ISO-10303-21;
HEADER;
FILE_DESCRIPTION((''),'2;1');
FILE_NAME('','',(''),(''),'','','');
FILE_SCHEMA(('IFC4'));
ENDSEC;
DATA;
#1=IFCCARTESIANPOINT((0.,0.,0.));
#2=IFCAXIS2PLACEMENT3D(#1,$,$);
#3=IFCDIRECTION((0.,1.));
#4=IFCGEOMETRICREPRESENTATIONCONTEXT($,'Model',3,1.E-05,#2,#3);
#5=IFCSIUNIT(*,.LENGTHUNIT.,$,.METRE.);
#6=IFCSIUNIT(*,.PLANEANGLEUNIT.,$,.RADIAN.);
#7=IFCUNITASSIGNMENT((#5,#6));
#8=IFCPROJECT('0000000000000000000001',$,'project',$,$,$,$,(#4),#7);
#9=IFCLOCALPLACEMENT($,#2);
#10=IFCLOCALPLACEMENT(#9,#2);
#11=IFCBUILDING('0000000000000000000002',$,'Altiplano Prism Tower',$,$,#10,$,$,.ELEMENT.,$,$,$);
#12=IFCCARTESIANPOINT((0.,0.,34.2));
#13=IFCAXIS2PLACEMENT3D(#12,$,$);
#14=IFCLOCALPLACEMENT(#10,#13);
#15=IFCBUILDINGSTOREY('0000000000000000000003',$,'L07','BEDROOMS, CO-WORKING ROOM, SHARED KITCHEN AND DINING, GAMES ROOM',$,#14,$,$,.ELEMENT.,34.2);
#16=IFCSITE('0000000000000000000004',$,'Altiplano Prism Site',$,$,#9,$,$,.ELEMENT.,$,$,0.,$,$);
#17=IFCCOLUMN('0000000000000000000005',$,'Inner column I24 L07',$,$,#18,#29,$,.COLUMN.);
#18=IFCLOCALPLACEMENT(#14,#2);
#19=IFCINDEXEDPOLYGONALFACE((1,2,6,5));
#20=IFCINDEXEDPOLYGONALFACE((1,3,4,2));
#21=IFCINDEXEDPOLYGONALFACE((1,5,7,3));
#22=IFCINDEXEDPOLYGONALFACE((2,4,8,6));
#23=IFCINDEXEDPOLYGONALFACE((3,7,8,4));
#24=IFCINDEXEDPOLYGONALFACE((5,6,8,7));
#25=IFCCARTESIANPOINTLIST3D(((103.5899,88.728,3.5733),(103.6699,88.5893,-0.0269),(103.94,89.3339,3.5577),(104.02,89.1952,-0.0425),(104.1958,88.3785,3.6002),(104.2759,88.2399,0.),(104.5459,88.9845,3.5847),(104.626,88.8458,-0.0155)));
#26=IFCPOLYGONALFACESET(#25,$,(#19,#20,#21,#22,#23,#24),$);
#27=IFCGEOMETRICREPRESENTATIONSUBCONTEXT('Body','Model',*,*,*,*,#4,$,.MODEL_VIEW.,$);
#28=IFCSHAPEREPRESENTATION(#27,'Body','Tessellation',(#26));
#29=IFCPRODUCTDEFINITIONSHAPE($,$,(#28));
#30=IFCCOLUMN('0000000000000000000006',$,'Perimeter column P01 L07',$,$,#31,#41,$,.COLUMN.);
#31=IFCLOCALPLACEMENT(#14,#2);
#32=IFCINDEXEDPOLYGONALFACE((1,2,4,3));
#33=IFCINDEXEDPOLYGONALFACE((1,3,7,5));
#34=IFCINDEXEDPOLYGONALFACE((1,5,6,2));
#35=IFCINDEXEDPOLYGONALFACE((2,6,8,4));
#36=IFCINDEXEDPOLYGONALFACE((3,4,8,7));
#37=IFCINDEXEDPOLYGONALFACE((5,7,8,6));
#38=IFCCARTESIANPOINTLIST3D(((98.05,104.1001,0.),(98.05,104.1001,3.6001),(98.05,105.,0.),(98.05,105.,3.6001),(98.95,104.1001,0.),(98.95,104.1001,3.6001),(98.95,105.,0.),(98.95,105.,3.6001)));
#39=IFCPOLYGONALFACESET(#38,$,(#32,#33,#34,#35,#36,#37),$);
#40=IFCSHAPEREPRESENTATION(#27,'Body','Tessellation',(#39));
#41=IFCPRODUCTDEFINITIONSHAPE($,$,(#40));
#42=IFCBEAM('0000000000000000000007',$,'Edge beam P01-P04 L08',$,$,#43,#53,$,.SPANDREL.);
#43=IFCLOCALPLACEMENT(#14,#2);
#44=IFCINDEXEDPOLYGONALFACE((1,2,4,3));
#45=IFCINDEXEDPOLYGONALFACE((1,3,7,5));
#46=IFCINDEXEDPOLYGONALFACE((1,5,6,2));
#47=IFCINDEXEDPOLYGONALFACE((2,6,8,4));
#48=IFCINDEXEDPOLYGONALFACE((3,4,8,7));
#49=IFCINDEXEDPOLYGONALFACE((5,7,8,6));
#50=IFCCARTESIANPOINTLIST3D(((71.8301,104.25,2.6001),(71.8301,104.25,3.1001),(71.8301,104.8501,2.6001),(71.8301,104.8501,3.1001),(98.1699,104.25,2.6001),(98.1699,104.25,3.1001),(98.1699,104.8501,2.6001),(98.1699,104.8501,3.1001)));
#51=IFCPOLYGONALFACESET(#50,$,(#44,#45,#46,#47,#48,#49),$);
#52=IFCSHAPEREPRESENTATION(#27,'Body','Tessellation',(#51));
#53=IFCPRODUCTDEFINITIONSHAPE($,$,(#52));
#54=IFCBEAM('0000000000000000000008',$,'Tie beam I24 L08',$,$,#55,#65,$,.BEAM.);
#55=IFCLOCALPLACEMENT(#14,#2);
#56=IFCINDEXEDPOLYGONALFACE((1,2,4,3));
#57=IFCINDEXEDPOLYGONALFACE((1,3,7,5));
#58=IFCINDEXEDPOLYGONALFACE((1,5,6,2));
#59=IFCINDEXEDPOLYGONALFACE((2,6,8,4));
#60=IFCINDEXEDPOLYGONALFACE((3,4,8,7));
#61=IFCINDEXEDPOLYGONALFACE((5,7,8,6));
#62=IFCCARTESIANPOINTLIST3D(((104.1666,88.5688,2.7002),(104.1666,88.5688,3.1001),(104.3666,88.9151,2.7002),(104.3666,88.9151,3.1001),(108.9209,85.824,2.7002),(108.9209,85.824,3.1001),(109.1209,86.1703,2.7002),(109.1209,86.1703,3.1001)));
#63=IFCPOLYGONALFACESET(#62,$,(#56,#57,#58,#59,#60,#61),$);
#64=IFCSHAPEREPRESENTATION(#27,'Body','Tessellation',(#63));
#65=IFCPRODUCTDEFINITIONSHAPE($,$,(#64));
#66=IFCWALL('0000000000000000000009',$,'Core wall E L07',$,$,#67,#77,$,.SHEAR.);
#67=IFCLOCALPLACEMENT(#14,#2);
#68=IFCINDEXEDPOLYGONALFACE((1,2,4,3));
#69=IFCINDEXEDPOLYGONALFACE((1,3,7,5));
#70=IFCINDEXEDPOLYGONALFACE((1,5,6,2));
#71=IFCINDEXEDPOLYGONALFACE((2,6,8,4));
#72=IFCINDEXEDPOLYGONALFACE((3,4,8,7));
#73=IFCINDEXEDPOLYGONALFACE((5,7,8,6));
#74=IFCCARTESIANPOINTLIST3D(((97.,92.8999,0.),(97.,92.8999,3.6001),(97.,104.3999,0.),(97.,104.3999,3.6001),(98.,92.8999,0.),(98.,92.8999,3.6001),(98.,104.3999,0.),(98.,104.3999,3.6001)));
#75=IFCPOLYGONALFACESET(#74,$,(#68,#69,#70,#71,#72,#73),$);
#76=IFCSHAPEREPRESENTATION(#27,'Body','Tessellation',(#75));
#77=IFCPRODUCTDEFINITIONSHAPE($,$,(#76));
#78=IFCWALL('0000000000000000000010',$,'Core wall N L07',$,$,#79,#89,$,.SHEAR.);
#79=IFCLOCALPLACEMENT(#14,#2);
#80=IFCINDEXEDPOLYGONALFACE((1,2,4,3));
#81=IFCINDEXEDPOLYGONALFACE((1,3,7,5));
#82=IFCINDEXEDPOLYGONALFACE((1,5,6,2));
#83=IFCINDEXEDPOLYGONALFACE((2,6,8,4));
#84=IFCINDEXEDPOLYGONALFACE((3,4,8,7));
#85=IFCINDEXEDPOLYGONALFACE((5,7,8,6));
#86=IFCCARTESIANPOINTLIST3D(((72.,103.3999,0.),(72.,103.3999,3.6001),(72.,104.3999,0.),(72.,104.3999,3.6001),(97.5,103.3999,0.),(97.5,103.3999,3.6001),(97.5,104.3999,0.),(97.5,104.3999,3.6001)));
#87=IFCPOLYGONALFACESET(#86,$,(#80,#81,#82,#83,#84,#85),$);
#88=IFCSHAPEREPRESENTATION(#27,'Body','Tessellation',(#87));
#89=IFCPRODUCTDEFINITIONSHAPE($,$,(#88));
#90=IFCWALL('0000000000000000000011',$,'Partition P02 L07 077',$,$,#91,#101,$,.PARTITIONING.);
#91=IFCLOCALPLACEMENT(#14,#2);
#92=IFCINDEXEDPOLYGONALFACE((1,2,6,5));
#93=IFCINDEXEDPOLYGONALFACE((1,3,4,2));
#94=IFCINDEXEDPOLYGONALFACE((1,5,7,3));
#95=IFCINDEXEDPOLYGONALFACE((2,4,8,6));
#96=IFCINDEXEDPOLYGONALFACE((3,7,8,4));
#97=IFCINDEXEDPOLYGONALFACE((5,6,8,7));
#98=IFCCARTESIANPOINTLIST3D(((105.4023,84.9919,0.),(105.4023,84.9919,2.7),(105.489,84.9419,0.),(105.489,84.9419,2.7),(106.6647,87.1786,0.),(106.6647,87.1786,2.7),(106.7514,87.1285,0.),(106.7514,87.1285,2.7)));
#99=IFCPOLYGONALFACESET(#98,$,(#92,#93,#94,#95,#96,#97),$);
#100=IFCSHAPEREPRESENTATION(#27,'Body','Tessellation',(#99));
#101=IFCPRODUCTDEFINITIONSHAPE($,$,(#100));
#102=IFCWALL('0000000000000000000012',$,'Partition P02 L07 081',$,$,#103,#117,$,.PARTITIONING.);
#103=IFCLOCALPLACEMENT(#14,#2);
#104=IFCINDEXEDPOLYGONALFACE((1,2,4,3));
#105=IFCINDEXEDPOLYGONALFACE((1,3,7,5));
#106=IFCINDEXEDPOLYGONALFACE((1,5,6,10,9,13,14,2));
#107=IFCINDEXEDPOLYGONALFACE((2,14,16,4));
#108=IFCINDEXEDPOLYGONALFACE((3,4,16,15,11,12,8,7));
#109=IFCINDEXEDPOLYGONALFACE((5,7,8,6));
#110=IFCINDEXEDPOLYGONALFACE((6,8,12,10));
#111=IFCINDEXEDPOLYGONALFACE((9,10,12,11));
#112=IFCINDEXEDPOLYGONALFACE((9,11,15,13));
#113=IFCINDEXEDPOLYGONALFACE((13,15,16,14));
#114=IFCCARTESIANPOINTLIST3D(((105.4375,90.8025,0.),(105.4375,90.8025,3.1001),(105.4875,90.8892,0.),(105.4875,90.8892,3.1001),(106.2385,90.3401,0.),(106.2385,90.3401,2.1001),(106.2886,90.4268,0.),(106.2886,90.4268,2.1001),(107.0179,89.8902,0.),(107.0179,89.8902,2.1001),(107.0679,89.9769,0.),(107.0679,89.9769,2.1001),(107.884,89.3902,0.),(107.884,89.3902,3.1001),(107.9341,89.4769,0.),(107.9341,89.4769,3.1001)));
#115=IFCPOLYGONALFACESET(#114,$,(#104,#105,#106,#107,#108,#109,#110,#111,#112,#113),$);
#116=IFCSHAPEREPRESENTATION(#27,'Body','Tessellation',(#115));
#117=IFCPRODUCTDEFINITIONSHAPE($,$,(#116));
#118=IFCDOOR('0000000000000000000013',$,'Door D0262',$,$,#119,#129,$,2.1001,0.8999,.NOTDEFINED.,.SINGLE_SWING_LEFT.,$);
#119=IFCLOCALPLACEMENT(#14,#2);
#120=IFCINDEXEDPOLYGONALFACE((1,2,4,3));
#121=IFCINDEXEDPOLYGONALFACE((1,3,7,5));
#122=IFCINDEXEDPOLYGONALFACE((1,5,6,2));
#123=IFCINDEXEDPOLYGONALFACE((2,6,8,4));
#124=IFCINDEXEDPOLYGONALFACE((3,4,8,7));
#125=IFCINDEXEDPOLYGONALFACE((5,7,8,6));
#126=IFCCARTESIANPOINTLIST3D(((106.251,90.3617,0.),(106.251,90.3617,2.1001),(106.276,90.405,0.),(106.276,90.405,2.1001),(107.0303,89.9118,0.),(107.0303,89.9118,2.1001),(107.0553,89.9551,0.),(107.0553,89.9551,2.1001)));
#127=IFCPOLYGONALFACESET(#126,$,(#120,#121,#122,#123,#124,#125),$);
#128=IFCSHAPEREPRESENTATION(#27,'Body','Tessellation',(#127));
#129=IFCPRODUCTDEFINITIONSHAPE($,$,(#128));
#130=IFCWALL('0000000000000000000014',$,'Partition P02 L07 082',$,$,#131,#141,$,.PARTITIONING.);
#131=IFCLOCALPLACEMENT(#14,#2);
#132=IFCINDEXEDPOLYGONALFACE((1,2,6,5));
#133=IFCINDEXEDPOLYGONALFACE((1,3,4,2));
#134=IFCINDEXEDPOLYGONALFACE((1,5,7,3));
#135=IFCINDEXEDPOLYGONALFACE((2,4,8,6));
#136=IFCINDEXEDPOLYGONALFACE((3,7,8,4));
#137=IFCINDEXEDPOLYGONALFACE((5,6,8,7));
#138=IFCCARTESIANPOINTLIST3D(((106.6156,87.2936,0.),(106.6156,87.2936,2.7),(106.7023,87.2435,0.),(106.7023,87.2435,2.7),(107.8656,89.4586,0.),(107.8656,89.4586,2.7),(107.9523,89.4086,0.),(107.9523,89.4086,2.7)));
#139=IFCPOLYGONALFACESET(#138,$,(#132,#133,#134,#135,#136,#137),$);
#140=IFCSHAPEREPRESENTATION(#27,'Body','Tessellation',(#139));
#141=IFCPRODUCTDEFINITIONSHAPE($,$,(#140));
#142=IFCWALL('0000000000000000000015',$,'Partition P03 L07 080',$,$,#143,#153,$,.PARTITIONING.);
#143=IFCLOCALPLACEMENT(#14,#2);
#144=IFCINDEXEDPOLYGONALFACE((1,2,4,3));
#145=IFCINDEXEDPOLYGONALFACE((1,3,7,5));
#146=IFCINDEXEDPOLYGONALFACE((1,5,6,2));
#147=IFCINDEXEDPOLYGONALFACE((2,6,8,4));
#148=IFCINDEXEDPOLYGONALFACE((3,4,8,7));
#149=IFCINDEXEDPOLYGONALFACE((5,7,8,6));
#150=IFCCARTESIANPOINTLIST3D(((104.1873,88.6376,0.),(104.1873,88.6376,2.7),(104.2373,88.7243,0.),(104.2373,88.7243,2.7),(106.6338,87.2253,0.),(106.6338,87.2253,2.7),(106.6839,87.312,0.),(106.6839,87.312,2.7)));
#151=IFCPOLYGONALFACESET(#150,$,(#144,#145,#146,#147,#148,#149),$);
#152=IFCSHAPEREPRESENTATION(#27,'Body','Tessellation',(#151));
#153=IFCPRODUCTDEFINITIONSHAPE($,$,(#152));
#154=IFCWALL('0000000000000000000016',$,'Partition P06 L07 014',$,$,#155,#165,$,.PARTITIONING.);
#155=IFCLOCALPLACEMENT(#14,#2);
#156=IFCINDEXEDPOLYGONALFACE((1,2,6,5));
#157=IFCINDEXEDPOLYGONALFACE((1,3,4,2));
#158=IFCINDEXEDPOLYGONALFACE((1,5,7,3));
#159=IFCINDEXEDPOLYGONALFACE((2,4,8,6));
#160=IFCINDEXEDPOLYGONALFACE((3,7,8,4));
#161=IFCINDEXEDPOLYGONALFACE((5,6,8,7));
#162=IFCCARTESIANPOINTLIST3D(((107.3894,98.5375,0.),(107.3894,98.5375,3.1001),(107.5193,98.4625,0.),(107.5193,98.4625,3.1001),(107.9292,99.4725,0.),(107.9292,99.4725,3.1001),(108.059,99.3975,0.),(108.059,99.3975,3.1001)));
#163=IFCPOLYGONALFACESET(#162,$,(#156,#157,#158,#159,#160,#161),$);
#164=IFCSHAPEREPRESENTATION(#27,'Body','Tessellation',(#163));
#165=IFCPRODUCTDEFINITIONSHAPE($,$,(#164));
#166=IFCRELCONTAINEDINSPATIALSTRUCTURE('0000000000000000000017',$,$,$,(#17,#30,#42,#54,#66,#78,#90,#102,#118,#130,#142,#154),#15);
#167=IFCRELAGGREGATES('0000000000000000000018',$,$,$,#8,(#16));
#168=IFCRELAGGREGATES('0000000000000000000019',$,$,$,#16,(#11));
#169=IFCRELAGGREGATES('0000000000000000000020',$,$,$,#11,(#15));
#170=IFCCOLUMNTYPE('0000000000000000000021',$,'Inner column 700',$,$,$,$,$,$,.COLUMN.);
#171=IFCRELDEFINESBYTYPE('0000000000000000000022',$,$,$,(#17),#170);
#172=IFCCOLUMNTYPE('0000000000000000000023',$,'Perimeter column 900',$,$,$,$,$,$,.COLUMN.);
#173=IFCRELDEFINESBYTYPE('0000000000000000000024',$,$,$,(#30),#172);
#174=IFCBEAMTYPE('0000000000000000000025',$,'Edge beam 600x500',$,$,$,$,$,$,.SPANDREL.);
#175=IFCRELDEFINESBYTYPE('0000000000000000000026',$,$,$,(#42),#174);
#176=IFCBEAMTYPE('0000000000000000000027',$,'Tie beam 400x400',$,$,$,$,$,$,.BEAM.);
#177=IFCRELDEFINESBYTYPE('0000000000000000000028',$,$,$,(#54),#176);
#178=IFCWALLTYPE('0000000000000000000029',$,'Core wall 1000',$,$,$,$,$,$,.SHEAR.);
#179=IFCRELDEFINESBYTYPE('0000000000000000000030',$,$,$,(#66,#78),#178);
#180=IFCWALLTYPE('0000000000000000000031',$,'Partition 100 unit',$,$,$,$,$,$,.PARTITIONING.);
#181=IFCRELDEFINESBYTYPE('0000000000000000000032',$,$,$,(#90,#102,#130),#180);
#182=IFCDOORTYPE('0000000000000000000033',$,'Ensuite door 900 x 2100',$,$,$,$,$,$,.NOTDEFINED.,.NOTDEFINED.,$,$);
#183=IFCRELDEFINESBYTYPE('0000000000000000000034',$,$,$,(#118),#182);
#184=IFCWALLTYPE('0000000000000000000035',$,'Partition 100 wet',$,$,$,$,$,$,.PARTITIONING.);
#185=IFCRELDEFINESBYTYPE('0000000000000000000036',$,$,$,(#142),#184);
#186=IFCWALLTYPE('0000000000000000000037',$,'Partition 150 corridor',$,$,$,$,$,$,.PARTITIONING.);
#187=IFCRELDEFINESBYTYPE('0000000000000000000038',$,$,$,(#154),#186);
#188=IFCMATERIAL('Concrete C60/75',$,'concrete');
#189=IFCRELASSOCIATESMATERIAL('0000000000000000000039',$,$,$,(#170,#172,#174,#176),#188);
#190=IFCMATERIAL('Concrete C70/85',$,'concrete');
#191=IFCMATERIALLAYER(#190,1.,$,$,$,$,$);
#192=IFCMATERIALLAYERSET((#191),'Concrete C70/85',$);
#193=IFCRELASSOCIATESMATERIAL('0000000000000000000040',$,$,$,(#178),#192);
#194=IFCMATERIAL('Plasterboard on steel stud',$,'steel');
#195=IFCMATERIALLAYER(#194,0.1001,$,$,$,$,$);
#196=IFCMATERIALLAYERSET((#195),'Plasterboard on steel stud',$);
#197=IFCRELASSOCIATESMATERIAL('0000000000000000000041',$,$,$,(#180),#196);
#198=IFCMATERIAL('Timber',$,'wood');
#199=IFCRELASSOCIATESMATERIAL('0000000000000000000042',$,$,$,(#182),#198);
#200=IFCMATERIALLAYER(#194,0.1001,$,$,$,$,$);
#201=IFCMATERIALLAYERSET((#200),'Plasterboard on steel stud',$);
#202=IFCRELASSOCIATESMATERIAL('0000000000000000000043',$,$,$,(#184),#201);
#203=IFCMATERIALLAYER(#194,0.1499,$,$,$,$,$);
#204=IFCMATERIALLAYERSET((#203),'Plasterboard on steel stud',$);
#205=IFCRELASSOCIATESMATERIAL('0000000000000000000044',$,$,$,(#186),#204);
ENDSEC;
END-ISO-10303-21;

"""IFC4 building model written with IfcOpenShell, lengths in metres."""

from ifc_helpers import new_model, si_unit, direction, frame, frame_2d, origin, origin_2d, place, context, subcontext, project, spatial, rectangle, extrude, material, layer, layer_set, material_profile, profile_set, type_object, element, fill, save


model = new_model("IFC4")

# Units and contexts
model_context = context("Model", 3, precision=1e-05, world=origin(), true_north=direction((0.0, 1.0)))
body_context = subcontext(model_context, "Body", "Model", "MODEL_VIEW")
ifc_project = project(units=[si_unit("LENGTHUNIT", "METRE"), si_unit("PLANEANGLEUNIT", "RADIAN")], contexts=[model_context])

# Site, building, storey
site_placement = place(None, origin())
site = spatial("IfcSite", under=ifc_project, at=site_placement, Name="Altiplano Prism Site", CompositionType="ELEMENT", RefElevation=0.0)
building_placement = place(site_placement, origin())
building = spatial("IfcBuilding", under=site, at=building_placement, Name="Altiplano Prism Tower", CompositionType="ELEMENT")
storey_placement = place(building_placement, frame((0.0, 0.0, 34.2)))
storey = spatial("IfcBuildingStorey", under=building, at=storey_placement, Name="L07", Description="BEDROOMS, CO-WORKING ROOM, SHARED KITCHEN AND DINING, GAMES ROOM", CompositionType="ELEMENT", Elevation=34.2)

# Columns
ifc_material_1 = material(Name="Concrete C60/75", Category="concrete")
ifc_material_profile_1 = material_profile(ifc_material_1, rectangle(XDim=0.7, YDim=0.7, at=origin_2d()), Name="Inner column 700")
ifc_profile_set_1 = profile_set([ifc_material_profile_1], Name="Concrete C60/75")
column_type_1 = type_object("IfcColumnType", Name="Inner column 700", PredefinedType="COLUMN", material=ifc_profile_set_1)
column_1_placement = place(storey_placement, frame((104.1479, 88.7175, -0.0212), z_axis=(-0.022221, 0.038481, 0.999012), x_axis=(-0.500175, -0.865639, 0.022218)))
element("IfcColumn", 1, at=column_1_placement, inside=storey, type_object=column_type_1, Name="Inner column I24 L07", PredefinedType="COLUMN", context=body_context, shape_type="SweptSolid", body=[
    extrude(rectangle(XDim=0.7, YDim=0.7, at=origin_2d()), origin(), (0.0, 0.0, 1.0), 3.6038),
])
ifc_material_profile_2 = material_profile(ifc_material_1, rectangle(XDim=0.8999, YDim=0.8999, at=origin_2d()), Name="Perimeter column 900")
ifc_profile_set_2 = profile_set([ifc_material_profile_2], Name="Concrete C60/75")
column_type_2 = type_object("IfcColumnType", Name="Perimeter column 900", PredefinedType="COLUMN", material=ifc_profile_set_2)
column_2_placement = place(storey_placement, frame((98.5, 104.55, 0.0), z_axis=(0.0, 0.0, 1.0), x_axis=(1.0, 0.0, 0.0)))
element("IfcColumn", 2, at=column_2_placement, inside=storey, type_object=column_type_2, Name="Perimeter column P01 L07", PredefinedType="COLUMN", context=body_context, shape_type="SweptSolid", body=[
    extrude(rectangle(XDim=0.8999, YDim=0.8999, at=origin_2d()), origin(), (0.0, 0.0, 1.0), 3.6001),
])

# Beams
ifc_material_profile_3 = material_profile(ifc_material_1, rectangle(XDim=0.6001, YDim=0.5, at=origin_2d()), Name="Edge beam 600x500")
ifc_profile_set_3 = profile_set([ifc_material_profile_3], Name="Concrete C60/75")
beam_type_1 = type_object("IfcBeamType", Name="Edge beam 600x500", PredefinedType="SPANDREL", material=ifc_profile_set_3)
beam_1_placement = place(storey_placement, frame((98.1699, 104.55, 2.8501), z_axis=(-1.0, 0.0, 0.0), x_axis=(0.0, -1.0, 0.0)))
element("IfcBeam", 3, at=beam_1_placement, inside=storey, type_object=beam_type_1, Name="Edge beam P01-P04 L08", PredefinedType="SPANDREL", context=body_context, shape_type="SweptSolid", body=[
    extrude(rectangle(XDim=0.6001, YDim=0.5, at=origin_2d()), origin(), (0.0, 0.0, 1.0), 26.3398),
])
ifc_material_profile_4 = material_profile(ifc_material_1, rectangle(XDim=0.3999, YDim=0.3999, at=origin_2d()), Name="Tie beam 400x400")
ifc_profile_set_4 = profile_set([ifc_material_profile_4], Name="Concrete C60/75")
beam_type_2 = type_object("IfcBeamType", Name="Tie beam 400x400", PredefinedType="BEAM", material=ifc_profile_set_4)
beam_2_placement = place(storey_placement, frame((104.2666, 88.7419, 2.9001), z_axis=(0.866032, -0.499989, 0.0), x_axis=(0.499989, 0.866032, 0.0)))
element("IfcBeam", 4, at=beam_2_placement, inside=storey, type_object=beam_type_2, Name="Tie beam I24 L08", PredefinedType="BEAM", context=body_context, shape_type="SweptSolid", body=[
    extrude(rectangle(XDim=0.3999, YDim=0.3999, at=origin_2d()), origin(), (0.0, 0.0, 1.0), 5.4897),
])

# Walls
ifc_material_2 = material(Name="Concrete C70/85", Category="concrete")
ifc_layer_1 = layer(ifc_material_2, 1.0)
ifc_layer_set_1 = layer_set([ifc_layer_1], Name="Concrete C70/85")
wall_type_1 = type_object("IfcWallType", Name="Core wall 1000", PredefinedType="SHEAR", material=ifc_layer_set_1)
wall_1_placement = place(storey_placement, frame((97.5, 92.8999, 0.0), z_axis=(0.0, 0.0, 1.0), x_axis=(0.0, 1.0, 0.0)))
element("IfcWall", 5, at=wall_1_placement, inside=storey, type_object=wall_type_1, Name="Core wall E L07", PredefinedType="SHEAR", context=body_context, shape_type="SweptSolid", body=[
    extrude(rectangle(XDim=11.5, YDim=1.0, at=frame_2d((5.75, 0.0))), origin(), (0.0, 0.0, 1.0), 3.6001),
])
wall_2_placement = place(storey_placement, frame((97.5, 103.8999, 0.0), z_axis=(0.0, 0.0, 1.0), x_axis=(-1.0, 0.0, 0.0)))
element("IfcWall", 6, at=wall_2_placement, inside=storey, type_object=wall_type_1, Name="Core wall N L07", PredefinedType="SHEAR", context=body_context, shape_type="SweptSolid", body=[
    extrude(rectangle(XDim=25.5, YDim=1.0, at=frame_2d((12.75, 0.0))), origin(), (0.0, 0.0, 1.0), 3.6001),
])
ifc_material_3 = material(Name="Plasterboard on steel stud", Category="steel")
ifc_layer_2 = layer(ifc_material_3, 0.1001)
ifc_layer_set_2 = layer_set([ifc_layer_2], Name="Plasterboard on steel stud")
wall_type_2 = type_object("IfcWallType", Name="Partition 100 unit", PredefinedType="PARTITIONING", material=ifc_layer_set_2)
wall_3_placement = place(storey_placement, frame((106.708, 87.1536, 0.0), z_axis=(0.0, 0.0, 1.0), x_axis=(-0.499976, -0.866039, 0.0)))
element("IfcWall", 7, at=wall_3_placement, inside=storey, type_object=wall_type_2, Name="Partition P02 L07 077", PredefinedType="PARTITIONING", context=body_context, shape_type="SweptSolid", body=[
    extrude(rectangle(XDim=2.5249, YDim=0.1001, at=frame_2d((1.2625, 0.0))), origin(), (0.0, 0.0, 1.0), 2.7),
])

# Wall, opening, door
wall_4_placement = place(storey_placement, frame((105.4624, 90.8459, 0.0), z_axis=(0.0, 0.0, 1.0), x_axis=(0.866049, -0.499959, 0.0)))
wall_4 = element("IfcWall", 8, at=wall_4_placement, inside=storey, type_object=wall_type_2, Name="Partition P02 L07 081", PredefinedType="PARTITIONING", context=body_context, shape_type="SweptSolid", body=[
    extrude(rectangle(XDim=2.825, YDim=0.1001, at=frame_2d((1.4126, 0.0))), origin(), (0.0, 0.0, 1.0), 3.1001),
])
opening_1_placement = place(wall_4_placement, frame((0.925, 0.0, 0.0)))
opening_1 = element("IfcOpeningElement", 9, at=opening_1_placement, cuts=wall_4, PredefinedType="OPENING", context=body_context, shape_type="SweptSolid", body=[
    extrude(rectangle(XDim=0.8999, YDim=2.1001, at=frame_2d((0.45, 1.05))), frame((0.0, 0.0605, 0.0), z_axis=(0.0, -1.0, 0.0), x_axis=(1.0, 0.0, 0.0)), (0.0, 0.0, 1.0), 0.1211),
])
ifc_material_4 = material(Name="Timber", Category="wood")
door_type_1 = type_object("IfcDoorType", Name="Ensuite door 900 x 2100", OperationType="NOTDEFINED", PredefinedType="NOTDEFINED", material=ifc_material_4)
door_1_placement = place(opening_1_placement, origin())
door_1 = element("IfcDoor", 10, at=door_1_placement, inside=storey, type_object=door_type_1, Name="Door D0262", OperationType="SINGLE_SWING_LEFT", OverallHeight=2.1001, OverallWidth=0.8999, PredefinedType="NOTDEFINED", context=body_context, shape_type="SweptSolid", body=[
    extrude(rectangle(XDim=0.8999, YDim=2.1001, at=frame_2d((0.45, 1.05))), frame((0.0, 0.0249, 0.0), z_axis=(0.0, -1.0, 0.0), x_axis=(1.0, 0.0, 0.0)), (0.0, 0.0, 1.0), 0.05),
])
fill(opening_1, door_1)

# Walls
wall_5_placement = place(storey_placement, frame((107.9089, 89.4336, 0.0), z_axis=(0.0, 0.0, 1.0), x_axis=(-0.500004, -0.866023, 0.0)))
element("IfcWall", 11, at=wall_5_placement, inside=storey, type_object=wall_type_2, Name="Partition P02 L07 082", PredefinedType="PARTITIONING", context=body_context, shape_type="SweptSolid", body=[
    extrude(rectangle(XDim=2.5, YDim=0.1001, at=frame_2d((1.25, 0.0))), origin(), (0.0, 0.0, 1.0), 2.7),
])
ifc_layer_3 = layer(ifc_material_3, 0.1001)
ifc_layer_set_3 = layer_set([ifc_layer_3], Name="Plasterboard on steel stud")
wall_type_3 = type_object("IfcWallType", Name="Partition 100 wet", PredefinedType="PARTITIONING", material=ifc_layer_set_3)
wall_6_placement = place(storey_placement, frame((106.6589, 87.2686, 0.0), z_axis=(0.0, 0.0, 1.0), x_axis=(-0.866049, 0.499959, 0.0)))
element("IfcWall", 12, at=wall_6_placement, inside=storey, type_object=wall_type_3, Name="Partition P03 L07 080", PredefinedType="PARTITIONING", context=body_context, shape_type="SweptSolid", body=[
    extrude(rectangle(XDim=2.825, YDim=0.1001, at=frame_2d((1.4126, 0.0))), origin(), (0.0, 0.0, 1.0), 2.7),
])
ifc_layer_4 = layer(ifc_material_3, 0.1499)
ifc_layer_set_4 = layer_set([ifc_layer_4], Name="Plasterboard on steel stud")
wall_type_4 = type_object("IfcWallType", Name="Partition 150 corridor", PredefinedType="PARTITIONING", material=ifc_layer_set_4)
wall_7_placement = place(storey_placement, frame((107.4543, 98.5, 0.0), z_axis=(0.0, 0.0, 1.0), x_axis=(0.499957, 0.86605, 0.0)))
element("IfcWall", 13, at=wall_7_placement, inside=storey, type_object=wall_type_4, Name="Partition P06 L07 014", PredefinedType="PARTITIONING", context=body_context, shape_type="SweptSolid", body=[
    extrude(rectangle(XDim=1.0796, YDim=0.1499, at=frame_2d((0.5398, 0.0))), origin(), (0.0, 0.0, 1.0), 3.1001),
])

save(model, "model.ifc")
